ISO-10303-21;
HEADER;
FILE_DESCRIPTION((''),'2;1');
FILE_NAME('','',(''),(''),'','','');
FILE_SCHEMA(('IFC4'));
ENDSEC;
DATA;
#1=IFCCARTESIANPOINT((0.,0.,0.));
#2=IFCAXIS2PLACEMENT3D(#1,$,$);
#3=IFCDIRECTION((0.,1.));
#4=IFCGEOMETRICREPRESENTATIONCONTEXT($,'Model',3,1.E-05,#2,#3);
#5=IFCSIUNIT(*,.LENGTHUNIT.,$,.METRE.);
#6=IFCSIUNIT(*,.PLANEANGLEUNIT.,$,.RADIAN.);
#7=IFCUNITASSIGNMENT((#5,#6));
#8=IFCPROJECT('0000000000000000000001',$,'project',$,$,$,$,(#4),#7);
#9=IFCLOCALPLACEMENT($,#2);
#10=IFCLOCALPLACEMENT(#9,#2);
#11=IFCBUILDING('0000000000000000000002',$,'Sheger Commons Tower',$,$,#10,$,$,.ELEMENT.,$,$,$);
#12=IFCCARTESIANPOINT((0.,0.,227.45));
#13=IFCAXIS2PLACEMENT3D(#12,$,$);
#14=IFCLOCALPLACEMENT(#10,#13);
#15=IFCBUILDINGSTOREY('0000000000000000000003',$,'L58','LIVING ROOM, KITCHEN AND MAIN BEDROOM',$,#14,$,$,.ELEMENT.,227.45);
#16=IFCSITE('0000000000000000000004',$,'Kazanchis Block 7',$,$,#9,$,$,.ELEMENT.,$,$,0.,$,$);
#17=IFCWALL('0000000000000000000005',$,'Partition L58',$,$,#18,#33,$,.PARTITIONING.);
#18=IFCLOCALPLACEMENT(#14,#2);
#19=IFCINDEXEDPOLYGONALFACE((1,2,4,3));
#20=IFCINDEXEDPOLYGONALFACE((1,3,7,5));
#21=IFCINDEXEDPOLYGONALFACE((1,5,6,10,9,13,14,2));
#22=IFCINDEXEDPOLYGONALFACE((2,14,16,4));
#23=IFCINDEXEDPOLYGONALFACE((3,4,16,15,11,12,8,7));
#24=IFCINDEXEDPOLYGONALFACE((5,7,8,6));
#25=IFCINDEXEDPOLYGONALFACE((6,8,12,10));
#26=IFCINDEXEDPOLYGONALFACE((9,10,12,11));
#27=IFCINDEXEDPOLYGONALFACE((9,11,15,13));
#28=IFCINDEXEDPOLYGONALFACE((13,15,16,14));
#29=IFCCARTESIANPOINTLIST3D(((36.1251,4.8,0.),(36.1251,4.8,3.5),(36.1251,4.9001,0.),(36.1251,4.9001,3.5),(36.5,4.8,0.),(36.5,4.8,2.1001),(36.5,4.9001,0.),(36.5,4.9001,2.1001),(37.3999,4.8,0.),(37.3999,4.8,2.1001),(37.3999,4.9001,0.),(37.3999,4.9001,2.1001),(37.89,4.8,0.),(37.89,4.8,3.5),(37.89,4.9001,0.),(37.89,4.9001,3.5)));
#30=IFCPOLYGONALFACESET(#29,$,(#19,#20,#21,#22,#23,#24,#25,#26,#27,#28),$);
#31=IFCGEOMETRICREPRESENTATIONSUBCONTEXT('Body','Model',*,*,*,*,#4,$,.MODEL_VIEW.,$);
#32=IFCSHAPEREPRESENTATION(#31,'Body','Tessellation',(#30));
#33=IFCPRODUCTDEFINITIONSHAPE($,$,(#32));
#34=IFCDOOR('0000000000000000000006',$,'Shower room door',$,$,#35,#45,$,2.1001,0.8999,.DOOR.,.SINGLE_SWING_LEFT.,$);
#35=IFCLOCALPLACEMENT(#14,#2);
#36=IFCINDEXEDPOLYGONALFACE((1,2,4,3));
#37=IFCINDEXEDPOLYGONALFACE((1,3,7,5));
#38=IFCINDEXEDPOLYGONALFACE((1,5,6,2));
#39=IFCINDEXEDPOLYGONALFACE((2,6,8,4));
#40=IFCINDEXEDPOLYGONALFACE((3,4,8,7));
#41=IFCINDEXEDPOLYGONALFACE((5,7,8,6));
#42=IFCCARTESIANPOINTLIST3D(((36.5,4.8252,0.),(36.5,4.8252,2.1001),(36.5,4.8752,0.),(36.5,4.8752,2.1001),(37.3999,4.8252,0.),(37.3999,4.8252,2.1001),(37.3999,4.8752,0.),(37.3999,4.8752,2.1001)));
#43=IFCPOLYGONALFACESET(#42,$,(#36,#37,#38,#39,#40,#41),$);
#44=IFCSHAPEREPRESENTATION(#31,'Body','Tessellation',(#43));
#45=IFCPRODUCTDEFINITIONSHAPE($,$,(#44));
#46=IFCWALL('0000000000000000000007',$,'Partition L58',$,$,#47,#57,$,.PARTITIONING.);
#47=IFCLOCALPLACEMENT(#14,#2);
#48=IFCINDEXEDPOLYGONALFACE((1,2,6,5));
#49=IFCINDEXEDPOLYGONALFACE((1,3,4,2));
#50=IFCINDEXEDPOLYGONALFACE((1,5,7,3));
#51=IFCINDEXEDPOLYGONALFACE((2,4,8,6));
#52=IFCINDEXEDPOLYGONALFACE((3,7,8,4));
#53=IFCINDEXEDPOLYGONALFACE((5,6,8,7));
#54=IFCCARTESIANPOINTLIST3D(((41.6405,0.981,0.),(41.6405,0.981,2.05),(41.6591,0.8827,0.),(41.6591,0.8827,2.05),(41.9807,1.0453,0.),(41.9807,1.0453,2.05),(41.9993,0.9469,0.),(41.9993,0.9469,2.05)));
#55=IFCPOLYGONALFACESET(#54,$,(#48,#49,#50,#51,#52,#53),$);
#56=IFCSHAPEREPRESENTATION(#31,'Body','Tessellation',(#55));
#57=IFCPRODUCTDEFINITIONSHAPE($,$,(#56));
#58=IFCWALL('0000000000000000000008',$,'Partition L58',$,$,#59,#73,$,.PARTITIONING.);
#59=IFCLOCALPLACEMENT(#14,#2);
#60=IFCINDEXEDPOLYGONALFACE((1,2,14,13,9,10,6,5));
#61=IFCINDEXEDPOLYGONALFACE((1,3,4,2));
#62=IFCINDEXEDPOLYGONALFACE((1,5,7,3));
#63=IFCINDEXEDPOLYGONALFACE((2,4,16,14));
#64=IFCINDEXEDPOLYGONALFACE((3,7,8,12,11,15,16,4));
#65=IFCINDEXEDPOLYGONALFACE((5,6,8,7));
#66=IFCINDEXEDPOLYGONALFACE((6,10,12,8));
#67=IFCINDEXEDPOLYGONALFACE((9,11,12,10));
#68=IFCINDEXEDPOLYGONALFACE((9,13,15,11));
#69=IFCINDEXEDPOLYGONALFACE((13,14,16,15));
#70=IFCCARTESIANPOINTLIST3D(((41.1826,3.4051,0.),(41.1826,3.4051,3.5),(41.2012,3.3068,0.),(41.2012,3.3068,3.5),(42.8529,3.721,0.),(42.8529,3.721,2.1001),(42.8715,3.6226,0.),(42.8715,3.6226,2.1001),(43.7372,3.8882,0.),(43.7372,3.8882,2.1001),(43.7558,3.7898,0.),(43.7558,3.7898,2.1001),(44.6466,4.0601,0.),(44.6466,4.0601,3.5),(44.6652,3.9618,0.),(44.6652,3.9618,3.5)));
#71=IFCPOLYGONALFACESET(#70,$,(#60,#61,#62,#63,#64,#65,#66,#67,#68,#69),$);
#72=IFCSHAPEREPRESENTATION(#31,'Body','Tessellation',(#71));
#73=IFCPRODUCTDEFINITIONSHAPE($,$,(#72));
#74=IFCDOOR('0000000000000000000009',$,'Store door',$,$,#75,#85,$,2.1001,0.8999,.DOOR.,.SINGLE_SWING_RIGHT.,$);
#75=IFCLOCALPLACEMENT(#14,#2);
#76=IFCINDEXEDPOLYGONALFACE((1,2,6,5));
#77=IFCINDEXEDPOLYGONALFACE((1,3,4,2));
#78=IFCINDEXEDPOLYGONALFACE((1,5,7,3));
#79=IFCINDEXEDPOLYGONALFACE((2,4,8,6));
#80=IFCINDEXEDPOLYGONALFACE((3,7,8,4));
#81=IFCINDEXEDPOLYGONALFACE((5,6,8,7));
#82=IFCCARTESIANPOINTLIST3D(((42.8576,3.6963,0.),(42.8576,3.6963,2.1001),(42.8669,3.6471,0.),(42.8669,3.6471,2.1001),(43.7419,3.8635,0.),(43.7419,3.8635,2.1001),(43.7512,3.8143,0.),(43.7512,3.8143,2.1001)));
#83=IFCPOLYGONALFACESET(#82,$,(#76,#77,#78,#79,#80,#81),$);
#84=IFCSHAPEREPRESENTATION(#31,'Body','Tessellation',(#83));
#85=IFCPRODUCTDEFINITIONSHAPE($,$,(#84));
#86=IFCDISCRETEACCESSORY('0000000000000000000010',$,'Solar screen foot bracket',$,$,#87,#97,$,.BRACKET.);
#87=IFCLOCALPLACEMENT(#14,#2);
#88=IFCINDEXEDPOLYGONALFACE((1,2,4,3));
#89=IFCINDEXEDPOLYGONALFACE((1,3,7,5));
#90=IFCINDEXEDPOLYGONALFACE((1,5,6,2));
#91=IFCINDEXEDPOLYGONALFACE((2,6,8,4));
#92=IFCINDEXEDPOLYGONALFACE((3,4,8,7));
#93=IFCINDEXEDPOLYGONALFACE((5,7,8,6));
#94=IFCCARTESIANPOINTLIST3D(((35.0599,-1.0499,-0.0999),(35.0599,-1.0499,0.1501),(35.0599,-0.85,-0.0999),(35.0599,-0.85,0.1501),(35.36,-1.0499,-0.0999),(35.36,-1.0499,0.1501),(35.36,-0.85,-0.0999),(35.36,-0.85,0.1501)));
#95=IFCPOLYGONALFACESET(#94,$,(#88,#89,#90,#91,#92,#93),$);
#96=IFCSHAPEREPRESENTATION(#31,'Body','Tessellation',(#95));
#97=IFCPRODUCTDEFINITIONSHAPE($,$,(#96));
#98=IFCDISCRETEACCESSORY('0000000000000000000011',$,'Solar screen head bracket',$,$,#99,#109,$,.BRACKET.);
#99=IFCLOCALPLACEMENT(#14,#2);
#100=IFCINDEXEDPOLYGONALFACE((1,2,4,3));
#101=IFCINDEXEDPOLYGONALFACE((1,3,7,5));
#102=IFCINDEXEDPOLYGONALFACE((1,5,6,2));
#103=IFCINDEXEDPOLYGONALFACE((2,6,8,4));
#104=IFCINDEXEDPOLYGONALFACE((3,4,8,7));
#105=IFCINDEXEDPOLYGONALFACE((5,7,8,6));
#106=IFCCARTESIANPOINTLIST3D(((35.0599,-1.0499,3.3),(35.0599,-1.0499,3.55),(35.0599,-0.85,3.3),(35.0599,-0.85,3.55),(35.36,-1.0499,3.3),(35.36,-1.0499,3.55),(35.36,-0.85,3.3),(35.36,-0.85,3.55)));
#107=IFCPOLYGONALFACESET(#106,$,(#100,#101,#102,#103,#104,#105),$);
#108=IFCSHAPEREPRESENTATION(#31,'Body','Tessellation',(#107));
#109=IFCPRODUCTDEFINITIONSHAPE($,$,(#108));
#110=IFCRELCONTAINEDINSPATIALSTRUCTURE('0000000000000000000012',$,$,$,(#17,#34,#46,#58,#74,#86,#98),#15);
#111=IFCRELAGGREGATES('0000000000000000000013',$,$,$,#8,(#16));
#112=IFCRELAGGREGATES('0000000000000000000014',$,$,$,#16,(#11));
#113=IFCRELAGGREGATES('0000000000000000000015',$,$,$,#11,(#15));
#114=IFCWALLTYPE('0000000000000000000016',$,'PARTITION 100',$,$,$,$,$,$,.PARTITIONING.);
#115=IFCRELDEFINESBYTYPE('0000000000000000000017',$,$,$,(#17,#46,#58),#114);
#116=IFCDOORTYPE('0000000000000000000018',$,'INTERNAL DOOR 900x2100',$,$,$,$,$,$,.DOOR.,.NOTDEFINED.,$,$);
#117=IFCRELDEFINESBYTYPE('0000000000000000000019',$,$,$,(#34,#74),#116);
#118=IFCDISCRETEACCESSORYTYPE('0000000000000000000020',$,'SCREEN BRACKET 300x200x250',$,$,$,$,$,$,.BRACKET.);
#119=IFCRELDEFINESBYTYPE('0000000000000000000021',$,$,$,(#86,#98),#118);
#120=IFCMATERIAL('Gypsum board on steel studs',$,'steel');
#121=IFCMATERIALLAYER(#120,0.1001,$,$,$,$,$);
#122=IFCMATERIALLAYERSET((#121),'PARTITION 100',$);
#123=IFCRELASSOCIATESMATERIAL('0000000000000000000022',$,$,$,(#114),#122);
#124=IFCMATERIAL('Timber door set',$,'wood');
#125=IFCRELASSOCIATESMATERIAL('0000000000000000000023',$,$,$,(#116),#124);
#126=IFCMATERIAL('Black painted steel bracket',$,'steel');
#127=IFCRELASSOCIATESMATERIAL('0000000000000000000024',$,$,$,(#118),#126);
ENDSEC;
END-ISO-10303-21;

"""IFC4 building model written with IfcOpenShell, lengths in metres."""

from ifc_helpers import new_model, si_unit, direction, frame, frame_2d, origin, origin_2d, place, context, subcontext, project, spatial, rectangle, extrude, material, layer, layer_set, type_object, element, fill, save


model = new_model("IFC4")

# Units and contexts
model_context = context("Model", 3, precision=1e-05, world=origin(), true_north=direction((0.0, 1.0)))
body_context = subcontext(model_context, "Body", "Model", "MODEL_VIEW")
ifc_project = project(units=[si_unit("LENGTHUNIT", "METRE"), si_unit("PLANEANGLEUNIT", "RADIAN")], contexts=[model_context])

# Site, building, storey
site_placement = place(None, origin())
site = spatial("IfcSite", under=ifc_project, at=site_placement, Name="Kazanchis Block 7", CompositionType="ELEMENT", RefElevation=0.0)
building_placement = place(site_placement, origin())
building = spatial("IfcBuilding", under=site, at=building_placement, Name="Sheger Commons Tower", CompositionType="ELEMENT")
storey_placement = place(building_placement, frame((0.0, 0.0, 227.45)))
storey = spatial("IfcBuildingStorey", under=building, at=storey_placement, Name="L58", Description="LIVING ROOM, KITCHEN AND MAIN BEDROOM", CompositionType="ELEMENT", Elevation=227.45)

# Shared definitions
ifc_material_1 = material(Name="Gypsum board on steel studs", Category="steel")
ifc_layer_1 = layer(ifc_material_1, 0.1001)
ifc_layer_set_1 = layer_set([ifc_layer_1], Name="PARTITION 100")
wall_type_1 = type_object("IfcWallType", Name="PARTITION 100", PredefinedType="PARTITIONING", material=ifc_layer_set_1)
ifc_material_2 = material(Name="Timber door set", Category="wood")
door_type = type_object("IfcDoorType", Name="INTERNAL DOOR 900x2100", OperationType="NOTDEFINED", PredefinedType="DOOR", material=ifc_material_2)

# Wall, opening, door
wall_1_placement = place(storey_placement, frame((37.8899, 4.8501, 0.0), z_axis=(0.0, 0.0, 1.0), x_axis=(-1.0, 0.0, 0.0)))
wall_1 = element("IfcWall", 1, at=wall_1_placement, inside=storey, type_object=wall_type_1, Name="Partition L58", PredefinedType="PARTITIONING", context=body_context, shape_type="SweptSolid", body=[
    extrude(rectangle(XDim=1.7649, YDim=0.1001, at=frame_2d((0.8823, 0.0))), origin(), (0.0, 0.0, 1.0), 3.5),
])
opening_1_placement = place(wall_1_placement, frame((0.49, 0.0, 0.0)))
opening_1 = element("IfcOpeningElement", 2, at=opening_1_placement, cuts=wall_1, PredefinedType="OPENING", context=body_context, shape_type="SweptSolid", body=[
    extrude(rectangle(XDim=0.8999, YDim=2.1001, at=frame_2d((0.45, 1.05))), frame((0.0, 0.0601, 0.0), z_axis=(0.0, -1.0, 0.0), x_axis=(1.0, 0.0, 0.0)), (0.0, 0.0, 1.0), 0.1201),
])
door_1_placement = place(opening_1_placement, origin())
door_1 = element("IfcDoor", 3, at=door_1_placement, inside=storey, type_object=door_type, Name="Shower room door", OperationType="SINGLE_SWING_LEFT", OverallHeight=2.1001, OverallWidth=0.8999, PredefinedType="DOOR", context=body_context, shape_type="SweptSolid", body=[
    extrude(rectangle(XDim=0.8999, YDim=2.1001, at=frame_2d((0.45, 1.05))), frame((0.0, 0.0249, 0.0), z_axis=(0.0, -1.0, 0.0), x_axis=(1.0, 0.0, 0.0)), (0.0, 0.0, 1.0), 0.05),
])
fill(opening_1, door_1)

# Wall
wall_2_placement = place(storey_placement, frame((41.99, 0.9961, 0.0), z_axis=(0.0, 0.0, 1.0), x_axis=(-0.98264, -0.185524, 0.0)))
element("IfcWall", 4, at=wall_2_placement, inside=storey, type_object=wall_type_1, Name="Partition L58", PredefinedType="PARTITIONING", context=body_context, shape_type="SweptSolid", body=[
    extrude(rectangle(XDim=0.3462, YDim=0.1001, at=frame_2d((0.1731, 0.0))), origin(), (0.0, 0.0, 1.0), 2.05),
])

# Wall, opening, door
wall_3_placement = place(storey_placement, frame((41.1919, 3.356, 0.0), z_axis=(0.0, 0.0, 1.0), x_axis=(0.982588, 0.185798, 0.0)))
wall_3 = element("IfcWall", 5, at=wall_3_placement, inside=storey, type_object=wall_type_1, Name="Partition L58", PredefinedType="PARTITIONING", context=body_context, shape_type="SweptSolid", body=[
    extrude(rectangle(XDim=3.5254, YDim=0.1001, at=frame_2d((1.7627, 0.0))), origin(), (0.0, 0.0, 1.0), 3.5),
])
opening_2_placement = place(wall_3_placement, frame((1.7, 0.0, 0.0)))
opening_2 = element("IfcOpeningElement", 6, at=opening_2_placement, cuts=wall_3, PredefinedType="OPENING", context=body_context, shape_type="SweptSolid", body=[
    extrude(rectangle(XDim=0.8999, YDim=2.1001, at=frame_2d((0.45, 1.05))), frame((0.0, 0.0601, 0.0), z_axis=(0.0, -1.0, 0.0), x_axis=(1.0, 0.0, 0.0)), (0.0, 0.0, 1.0), 0.1201),
])
door_2_placement = place(opening_2_placement, origin())
door_2 = element("IfcDoor", 7, at=door_2_placement, inside=storey, type_object=door_type, Name="Store door", OperationType="SINGLE_SWING_RIGHT", OverallHeight=2.1001, OverallWidth=0.8999, PredefinedType="DOOR", context=body_context, shape_type="SweptSolid", body=[
    extrude(rectangle(XDim=0.8999, YDim=2.1001, at=frame_2d((0.45, 1.05))), frame((0.0, 0.0249, 0.0), z_axis=(0.0, -1.0, 0.0), x_axis=(1.0, 0.0, 0.0)), (0.0, 0.0, 1.0), 0.05),
])
fill(opening_2, door_2)

# Discrete accessories
ifc_material_3 = material(Name="Black painted steel bracket", Category="steel")
discrete_accessory_type = type_object("IfcDiscreteAccessoryType", Name="SCREEN BRACKET 300x200x250", PredefinedType="BRACKET", material=ifc_material_3)
for number, where, z_axis, x_axis, name in (
    (8, (35.21, -0.95, -0.0999), (0.0, 0.0, 1.0), (1.0, 0.0, 0.0), "Solar screen foot bracket"),
    (9, (35.21, -0.95, 3.3), (0.0, 0.0, 1.0), (1.0, 0.0, 0.0), "Solar screen head bracket"),
):
    element("IfcDiscreteAccessory", number, at=place(storey_placement, frame(where, z_axis=z_axis, x_axis=x_axis)), inside=storey, type_object=discrete_accessory_type, Name=name, PredefinedType="BRACKET", context=body_context, shape_type="SweptSolid", body=[
        extrude(rectangle(XDim=0.3, YDim=0.2, at=origin_2d()), origin(), (0.0, 0.0, 1.0), 0.25),
    ])

save(model, "model.ifc")
